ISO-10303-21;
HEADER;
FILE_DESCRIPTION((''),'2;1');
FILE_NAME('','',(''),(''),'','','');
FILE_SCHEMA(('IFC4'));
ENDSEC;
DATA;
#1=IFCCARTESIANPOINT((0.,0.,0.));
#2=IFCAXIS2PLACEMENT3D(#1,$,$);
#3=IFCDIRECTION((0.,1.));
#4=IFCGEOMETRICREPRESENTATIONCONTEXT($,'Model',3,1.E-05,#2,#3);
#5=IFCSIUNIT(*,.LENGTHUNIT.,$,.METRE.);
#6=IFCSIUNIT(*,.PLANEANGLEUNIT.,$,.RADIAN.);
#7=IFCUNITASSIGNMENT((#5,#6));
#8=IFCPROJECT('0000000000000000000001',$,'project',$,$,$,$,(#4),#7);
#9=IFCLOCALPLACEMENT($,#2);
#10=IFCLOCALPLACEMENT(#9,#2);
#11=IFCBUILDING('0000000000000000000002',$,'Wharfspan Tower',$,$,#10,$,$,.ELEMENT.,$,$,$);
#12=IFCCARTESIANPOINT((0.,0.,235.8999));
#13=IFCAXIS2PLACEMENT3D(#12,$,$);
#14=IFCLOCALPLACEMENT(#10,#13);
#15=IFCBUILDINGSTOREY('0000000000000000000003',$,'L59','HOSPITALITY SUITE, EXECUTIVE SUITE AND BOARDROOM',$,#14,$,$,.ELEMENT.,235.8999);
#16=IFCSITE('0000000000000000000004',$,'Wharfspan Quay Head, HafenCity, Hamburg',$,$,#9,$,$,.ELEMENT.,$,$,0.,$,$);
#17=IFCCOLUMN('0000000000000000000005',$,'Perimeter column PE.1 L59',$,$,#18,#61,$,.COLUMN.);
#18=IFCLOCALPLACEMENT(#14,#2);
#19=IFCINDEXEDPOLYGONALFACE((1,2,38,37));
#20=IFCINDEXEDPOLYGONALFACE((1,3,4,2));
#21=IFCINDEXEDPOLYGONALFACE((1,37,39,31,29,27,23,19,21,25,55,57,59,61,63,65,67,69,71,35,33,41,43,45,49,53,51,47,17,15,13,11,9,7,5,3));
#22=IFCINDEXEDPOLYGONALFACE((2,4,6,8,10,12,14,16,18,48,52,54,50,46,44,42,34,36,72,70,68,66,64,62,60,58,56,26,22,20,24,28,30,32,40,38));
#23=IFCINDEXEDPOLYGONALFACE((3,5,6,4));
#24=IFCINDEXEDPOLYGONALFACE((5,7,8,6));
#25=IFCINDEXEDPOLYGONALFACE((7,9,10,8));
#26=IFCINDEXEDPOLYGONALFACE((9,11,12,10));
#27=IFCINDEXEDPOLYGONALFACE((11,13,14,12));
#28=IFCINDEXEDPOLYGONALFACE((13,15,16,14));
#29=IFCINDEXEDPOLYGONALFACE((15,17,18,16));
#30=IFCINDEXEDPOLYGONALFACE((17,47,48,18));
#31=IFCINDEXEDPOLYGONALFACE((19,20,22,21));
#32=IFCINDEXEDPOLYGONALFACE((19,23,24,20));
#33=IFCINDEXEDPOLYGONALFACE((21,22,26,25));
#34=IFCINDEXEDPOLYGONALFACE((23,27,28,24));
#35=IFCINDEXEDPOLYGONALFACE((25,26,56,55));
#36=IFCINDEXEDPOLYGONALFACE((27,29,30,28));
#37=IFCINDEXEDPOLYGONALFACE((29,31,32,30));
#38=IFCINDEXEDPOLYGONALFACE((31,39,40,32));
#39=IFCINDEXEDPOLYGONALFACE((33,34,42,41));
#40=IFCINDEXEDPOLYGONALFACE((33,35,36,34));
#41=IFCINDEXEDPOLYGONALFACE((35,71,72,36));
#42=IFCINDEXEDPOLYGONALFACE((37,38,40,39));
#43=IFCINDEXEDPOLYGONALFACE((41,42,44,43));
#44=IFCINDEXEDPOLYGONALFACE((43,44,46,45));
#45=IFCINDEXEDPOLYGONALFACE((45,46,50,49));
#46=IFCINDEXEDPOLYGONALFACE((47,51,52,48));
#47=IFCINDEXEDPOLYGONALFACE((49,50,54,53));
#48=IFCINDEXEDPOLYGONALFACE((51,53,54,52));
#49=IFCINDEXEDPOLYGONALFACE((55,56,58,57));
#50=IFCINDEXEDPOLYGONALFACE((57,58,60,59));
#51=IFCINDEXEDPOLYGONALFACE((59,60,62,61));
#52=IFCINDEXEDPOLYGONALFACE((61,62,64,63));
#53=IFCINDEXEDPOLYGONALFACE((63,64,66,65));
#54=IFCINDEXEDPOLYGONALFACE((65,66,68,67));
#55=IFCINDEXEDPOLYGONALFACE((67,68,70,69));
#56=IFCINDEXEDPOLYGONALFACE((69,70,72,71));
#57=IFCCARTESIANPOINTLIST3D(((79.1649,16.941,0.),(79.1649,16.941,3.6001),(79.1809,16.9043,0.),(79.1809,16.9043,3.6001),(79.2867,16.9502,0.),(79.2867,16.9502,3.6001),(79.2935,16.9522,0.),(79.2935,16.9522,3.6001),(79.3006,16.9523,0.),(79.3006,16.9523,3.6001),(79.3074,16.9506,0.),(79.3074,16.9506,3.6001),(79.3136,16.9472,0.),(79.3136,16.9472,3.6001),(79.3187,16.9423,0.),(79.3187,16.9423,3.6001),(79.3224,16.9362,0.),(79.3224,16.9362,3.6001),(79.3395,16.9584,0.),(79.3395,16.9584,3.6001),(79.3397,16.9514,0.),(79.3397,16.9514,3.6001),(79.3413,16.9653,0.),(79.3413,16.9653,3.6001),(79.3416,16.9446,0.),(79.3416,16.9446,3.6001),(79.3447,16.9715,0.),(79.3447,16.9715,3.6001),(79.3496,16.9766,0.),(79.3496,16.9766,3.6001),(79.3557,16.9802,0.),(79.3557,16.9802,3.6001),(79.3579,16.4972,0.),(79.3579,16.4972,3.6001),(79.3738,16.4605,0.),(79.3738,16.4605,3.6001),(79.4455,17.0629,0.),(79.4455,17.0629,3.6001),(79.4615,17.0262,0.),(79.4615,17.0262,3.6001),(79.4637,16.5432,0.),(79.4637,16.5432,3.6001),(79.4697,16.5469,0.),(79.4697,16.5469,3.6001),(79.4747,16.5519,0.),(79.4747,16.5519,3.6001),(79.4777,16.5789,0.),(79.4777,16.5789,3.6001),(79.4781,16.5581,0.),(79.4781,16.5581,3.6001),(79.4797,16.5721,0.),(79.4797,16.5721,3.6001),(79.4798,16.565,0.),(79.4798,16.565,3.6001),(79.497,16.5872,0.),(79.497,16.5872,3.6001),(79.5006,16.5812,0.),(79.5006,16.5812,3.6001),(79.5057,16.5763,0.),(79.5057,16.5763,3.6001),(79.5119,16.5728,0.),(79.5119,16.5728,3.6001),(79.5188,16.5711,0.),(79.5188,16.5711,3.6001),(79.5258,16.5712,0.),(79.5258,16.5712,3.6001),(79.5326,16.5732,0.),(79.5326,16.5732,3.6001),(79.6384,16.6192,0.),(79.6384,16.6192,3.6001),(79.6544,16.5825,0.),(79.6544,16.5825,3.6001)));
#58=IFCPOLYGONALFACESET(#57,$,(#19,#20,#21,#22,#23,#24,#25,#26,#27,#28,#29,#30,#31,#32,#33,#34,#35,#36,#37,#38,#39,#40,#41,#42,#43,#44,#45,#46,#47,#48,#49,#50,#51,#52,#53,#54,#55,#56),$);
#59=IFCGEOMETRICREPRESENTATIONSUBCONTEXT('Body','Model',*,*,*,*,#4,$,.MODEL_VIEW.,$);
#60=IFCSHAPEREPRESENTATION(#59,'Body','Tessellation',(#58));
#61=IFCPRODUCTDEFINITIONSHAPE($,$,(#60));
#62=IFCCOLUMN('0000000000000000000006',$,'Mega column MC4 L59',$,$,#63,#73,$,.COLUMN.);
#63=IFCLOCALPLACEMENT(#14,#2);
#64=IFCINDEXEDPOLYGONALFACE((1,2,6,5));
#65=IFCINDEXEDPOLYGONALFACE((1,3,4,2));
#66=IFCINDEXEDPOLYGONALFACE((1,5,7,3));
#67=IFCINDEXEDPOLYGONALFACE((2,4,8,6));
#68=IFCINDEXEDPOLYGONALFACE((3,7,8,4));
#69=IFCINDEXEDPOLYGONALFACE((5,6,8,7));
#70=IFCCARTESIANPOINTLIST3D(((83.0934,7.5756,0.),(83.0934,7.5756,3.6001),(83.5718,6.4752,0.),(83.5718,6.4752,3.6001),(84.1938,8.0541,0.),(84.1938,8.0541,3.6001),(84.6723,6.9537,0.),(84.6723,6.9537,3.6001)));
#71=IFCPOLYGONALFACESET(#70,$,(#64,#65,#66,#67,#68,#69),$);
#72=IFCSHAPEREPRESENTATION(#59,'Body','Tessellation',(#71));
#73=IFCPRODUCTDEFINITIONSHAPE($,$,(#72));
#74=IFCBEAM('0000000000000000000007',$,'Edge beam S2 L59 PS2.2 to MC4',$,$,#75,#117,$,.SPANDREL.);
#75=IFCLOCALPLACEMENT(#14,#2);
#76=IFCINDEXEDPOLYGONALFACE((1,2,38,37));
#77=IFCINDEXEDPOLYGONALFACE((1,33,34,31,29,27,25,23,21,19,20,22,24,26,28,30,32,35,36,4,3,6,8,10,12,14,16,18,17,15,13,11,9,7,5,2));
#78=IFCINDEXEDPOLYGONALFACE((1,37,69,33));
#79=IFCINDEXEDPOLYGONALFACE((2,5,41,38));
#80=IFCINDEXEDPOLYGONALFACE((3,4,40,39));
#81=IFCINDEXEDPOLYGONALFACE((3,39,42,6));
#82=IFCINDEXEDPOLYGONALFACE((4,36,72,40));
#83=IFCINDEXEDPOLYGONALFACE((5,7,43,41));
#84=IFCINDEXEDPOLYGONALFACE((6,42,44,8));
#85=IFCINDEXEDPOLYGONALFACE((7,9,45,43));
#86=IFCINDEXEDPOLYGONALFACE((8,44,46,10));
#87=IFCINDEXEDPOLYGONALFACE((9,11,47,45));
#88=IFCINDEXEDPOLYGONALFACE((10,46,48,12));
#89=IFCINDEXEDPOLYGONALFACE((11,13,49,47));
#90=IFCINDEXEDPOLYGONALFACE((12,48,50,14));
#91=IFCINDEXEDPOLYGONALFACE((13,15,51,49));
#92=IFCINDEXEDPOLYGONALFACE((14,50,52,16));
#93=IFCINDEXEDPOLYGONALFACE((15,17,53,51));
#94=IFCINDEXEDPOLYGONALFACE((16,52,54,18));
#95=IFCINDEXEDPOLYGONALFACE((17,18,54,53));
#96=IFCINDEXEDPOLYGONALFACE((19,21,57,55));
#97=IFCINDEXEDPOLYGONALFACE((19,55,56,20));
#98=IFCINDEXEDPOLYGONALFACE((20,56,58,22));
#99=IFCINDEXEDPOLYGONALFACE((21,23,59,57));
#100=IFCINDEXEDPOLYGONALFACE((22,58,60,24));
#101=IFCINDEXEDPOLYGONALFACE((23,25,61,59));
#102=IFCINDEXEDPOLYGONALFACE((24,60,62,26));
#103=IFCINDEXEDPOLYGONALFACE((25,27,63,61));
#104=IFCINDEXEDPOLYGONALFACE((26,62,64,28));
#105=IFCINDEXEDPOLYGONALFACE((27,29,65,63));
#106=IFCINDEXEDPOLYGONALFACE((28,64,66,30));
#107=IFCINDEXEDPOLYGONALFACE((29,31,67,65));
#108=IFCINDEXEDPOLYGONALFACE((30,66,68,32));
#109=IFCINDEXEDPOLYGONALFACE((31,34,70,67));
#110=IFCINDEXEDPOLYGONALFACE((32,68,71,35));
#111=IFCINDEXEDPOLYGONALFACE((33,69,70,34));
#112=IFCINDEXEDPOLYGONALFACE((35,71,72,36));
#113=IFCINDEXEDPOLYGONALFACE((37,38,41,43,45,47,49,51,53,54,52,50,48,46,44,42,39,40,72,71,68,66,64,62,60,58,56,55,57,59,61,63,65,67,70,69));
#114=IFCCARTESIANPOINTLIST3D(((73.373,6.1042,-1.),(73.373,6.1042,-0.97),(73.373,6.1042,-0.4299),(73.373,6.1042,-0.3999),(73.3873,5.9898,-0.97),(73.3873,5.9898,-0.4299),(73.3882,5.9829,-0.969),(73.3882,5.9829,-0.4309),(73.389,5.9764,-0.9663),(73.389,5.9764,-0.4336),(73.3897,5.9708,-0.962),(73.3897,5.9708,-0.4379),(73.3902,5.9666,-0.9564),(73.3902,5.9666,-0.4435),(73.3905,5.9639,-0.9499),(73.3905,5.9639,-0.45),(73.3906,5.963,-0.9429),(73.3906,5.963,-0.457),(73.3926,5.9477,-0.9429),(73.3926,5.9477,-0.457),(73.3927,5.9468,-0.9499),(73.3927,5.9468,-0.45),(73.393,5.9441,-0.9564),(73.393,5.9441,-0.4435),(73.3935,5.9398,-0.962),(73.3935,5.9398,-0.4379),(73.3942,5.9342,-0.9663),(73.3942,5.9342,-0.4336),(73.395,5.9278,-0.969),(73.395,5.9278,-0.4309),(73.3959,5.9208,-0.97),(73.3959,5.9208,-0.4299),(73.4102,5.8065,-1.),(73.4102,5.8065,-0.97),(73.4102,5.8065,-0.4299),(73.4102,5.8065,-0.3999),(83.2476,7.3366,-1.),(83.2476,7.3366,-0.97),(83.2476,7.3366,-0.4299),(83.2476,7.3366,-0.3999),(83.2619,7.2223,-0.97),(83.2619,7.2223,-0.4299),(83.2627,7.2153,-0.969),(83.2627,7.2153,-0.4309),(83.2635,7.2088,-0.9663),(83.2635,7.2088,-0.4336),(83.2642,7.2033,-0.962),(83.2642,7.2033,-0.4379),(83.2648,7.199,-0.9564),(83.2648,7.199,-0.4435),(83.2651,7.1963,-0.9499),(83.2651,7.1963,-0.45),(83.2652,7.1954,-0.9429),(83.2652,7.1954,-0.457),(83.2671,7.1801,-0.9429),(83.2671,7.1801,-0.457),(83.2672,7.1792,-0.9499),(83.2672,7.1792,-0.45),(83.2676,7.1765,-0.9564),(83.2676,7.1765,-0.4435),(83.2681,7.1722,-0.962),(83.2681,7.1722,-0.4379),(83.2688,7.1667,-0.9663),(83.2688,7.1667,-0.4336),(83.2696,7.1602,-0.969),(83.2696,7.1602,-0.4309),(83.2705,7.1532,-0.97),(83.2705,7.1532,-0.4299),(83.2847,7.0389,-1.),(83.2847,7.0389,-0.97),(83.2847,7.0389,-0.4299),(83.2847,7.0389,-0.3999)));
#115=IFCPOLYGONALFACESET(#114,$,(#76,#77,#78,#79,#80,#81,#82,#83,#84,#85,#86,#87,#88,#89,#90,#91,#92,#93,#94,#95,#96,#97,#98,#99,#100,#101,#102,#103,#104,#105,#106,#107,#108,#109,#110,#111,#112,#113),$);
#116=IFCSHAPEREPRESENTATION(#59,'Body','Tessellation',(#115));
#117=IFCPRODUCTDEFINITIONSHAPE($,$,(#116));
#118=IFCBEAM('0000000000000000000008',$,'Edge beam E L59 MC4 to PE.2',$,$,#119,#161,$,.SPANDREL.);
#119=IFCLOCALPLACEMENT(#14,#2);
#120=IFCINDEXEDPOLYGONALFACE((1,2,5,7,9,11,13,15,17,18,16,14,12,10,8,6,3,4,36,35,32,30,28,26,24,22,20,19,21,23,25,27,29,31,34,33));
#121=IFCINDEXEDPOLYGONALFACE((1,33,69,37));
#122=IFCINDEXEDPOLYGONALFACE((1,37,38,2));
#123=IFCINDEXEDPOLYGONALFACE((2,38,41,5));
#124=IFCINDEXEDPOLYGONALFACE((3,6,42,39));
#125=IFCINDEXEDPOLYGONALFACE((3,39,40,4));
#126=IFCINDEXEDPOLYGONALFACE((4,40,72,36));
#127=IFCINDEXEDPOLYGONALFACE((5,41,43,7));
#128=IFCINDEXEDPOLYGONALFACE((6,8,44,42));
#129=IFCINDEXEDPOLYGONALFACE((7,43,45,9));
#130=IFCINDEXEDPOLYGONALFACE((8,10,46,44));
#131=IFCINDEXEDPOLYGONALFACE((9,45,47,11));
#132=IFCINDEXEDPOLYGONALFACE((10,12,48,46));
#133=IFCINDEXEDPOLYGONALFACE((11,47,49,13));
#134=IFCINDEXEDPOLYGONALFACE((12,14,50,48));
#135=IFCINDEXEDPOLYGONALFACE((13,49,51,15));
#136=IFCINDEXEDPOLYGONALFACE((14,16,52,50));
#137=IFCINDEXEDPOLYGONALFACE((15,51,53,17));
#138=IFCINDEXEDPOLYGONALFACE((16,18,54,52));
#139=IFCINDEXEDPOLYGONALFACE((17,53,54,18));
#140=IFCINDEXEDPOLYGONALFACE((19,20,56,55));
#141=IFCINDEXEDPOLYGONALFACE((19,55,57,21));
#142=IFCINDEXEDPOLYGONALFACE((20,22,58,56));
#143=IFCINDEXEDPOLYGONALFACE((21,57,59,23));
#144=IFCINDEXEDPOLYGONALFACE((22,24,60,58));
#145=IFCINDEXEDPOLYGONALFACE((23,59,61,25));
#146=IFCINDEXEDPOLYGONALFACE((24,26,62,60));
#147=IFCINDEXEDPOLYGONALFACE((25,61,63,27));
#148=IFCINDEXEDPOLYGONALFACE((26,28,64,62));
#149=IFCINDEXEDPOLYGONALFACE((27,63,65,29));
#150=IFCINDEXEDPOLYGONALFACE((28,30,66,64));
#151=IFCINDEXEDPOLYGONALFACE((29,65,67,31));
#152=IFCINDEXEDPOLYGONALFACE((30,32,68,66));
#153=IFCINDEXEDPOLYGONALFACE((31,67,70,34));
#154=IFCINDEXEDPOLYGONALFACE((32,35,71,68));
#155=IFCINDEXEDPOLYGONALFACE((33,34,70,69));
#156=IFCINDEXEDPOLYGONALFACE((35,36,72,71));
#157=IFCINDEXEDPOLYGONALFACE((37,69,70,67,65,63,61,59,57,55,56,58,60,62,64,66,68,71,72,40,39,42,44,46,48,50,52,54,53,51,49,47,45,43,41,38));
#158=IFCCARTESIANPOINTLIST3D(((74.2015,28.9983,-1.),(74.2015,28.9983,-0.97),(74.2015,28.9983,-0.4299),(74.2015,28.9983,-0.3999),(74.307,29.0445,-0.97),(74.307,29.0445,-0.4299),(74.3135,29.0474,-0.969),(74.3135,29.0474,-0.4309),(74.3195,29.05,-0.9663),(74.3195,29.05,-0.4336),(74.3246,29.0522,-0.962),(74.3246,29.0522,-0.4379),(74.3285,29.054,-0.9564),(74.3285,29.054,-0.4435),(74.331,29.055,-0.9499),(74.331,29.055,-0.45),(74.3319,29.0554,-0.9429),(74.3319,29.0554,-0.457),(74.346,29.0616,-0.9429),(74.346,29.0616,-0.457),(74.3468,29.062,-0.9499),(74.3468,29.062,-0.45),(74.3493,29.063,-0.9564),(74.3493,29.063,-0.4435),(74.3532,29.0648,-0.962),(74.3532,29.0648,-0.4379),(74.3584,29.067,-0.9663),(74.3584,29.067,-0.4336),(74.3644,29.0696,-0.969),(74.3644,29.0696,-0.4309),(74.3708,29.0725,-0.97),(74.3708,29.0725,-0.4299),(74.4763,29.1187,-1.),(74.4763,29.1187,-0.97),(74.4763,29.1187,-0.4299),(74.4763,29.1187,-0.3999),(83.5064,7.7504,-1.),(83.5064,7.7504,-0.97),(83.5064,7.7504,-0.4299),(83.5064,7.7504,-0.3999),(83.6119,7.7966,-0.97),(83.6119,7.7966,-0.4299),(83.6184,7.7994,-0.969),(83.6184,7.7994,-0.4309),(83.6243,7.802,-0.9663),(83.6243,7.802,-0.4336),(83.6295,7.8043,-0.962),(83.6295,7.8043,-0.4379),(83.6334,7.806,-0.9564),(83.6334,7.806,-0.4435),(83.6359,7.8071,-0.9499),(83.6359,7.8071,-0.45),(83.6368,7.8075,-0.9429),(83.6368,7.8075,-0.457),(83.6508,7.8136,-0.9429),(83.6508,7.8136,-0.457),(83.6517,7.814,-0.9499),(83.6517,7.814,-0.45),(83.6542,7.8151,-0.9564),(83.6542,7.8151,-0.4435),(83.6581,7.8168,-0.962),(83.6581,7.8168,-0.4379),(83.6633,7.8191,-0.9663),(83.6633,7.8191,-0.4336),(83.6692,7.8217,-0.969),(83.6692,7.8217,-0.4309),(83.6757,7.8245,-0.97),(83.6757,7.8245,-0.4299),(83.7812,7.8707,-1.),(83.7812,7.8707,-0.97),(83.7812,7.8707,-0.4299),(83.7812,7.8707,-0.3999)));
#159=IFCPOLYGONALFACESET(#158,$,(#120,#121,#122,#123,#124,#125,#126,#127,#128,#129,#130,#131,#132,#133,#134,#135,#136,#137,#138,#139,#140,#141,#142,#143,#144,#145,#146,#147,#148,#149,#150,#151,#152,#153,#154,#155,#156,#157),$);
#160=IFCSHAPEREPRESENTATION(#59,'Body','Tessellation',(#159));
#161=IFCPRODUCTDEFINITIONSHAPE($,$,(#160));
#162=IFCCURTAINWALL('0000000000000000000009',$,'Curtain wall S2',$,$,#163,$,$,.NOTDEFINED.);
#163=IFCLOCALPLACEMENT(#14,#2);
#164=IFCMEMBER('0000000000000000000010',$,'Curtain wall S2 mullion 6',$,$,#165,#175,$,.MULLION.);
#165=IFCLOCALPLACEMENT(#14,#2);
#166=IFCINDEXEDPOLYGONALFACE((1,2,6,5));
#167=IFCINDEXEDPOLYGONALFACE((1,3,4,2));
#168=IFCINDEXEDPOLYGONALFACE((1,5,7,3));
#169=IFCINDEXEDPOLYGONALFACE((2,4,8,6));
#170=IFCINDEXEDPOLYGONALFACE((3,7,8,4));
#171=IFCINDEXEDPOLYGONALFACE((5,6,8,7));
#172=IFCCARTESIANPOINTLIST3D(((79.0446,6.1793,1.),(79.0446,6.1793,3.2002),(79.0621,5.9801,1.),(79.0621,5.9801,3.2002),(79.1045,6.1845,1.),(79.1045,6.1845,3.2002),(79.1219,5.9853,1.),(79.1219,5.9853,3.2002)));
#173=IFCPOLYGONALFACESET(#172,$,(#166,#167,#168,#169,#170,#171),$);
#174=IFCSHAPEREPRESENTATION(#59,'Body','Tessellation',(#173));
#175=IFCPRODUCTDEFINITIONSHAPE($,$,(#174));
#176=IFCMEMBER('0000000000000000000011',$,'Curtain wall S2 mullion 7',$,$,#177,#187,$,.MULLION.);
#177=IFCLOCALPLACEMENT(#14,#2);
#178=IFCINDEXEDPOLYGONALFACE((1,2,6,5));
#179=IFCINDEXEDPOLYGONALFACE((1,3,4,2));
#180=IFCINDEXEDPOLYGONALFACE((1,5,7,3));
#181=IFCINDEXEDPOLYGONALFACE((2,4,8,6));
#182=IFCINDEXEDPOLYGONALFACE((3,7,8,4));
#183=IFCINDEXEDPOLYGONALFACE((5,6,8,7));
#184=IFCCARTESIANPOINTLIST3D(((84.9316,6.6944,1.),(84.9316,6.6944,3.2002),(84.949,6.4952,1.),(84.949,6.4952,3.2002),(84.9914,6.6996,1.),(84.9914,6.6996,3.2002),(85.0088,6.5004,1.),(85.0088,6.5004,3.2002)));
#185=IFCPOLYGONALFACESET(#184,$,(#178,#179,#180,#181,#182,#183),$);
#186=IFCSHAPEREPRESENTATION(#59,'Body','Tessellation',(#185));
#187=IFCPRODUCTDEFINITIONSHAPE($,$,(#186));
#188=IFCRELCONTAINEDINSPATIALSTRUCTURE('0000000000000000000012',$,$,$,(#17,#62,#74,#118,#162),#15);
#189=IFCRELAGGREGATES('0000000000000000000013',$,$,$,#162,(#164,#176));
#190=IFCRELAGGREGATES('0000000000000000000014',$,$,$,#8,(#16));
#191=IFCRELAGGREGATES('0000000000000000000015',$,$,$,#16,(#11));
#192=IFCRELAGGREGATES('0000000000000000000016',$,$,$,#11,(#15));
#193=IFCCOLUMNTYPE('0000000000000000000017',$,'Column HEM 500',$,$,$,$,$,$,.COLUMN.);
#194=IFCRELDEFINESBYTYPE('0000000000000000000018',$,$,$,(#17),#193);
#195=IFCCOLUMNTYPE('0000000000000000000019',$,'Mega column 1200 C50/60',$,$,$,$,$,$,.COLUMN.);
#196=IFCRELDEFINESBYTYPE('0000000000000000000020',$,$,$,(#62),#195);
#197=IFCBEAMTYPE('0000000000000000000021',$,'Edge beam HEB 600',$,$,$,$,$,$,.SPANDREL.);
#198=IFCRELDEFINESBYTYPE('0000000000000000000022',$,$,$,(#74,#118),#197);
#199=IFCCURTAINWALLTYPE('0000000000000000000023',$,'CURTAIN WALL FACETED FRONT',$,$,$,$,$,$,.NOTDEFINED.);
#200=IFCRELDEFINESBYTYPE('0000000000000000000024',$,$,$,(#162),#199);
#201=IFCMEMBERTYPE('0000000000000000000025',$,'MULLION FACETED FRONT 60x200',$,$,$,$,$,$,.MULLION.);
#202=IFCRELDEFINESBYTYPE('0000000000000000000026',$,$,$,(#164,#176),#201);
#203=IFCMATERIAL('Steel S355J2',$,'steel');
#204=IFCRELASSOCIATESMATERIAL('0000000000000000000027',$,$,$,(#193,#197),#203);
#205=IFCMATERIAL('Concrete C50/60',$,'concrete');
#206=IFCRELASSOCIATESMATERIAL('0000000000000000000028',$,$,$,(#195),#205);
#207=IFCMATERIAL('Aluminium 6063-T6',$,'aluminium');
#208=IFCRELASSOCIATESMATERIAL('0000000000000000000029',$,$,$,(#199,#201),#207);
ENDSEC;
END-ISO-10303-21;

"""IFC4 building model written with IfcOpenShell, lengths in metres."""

from ifc_helpers import new_model, si_unit, direction, frame, origin, origin_2d, place, context, subcontext, project, spatial, rectangle, i_section, extrude, material, material_profile, profile_set, type_object, element, aggregate, save


model = new_model("IFC4")

# Units and contexts
model_context = context("Model", 3, precision=1e-05, world=origin(), true_north=direction((0.0, 1.0)))
body_context = subcontext(model_context, "Body", "Model", "MODEL_VIEW")
ifc_project = project(units=[si_unit("LENGTHUNIT", "METRE"), si_unit("PLANEANGLEUNIT", "RADIAN")], contexts=[model_context])

# Site, building, storey
site_placement = place(None, origin())
site = spatial("IfcSite", under=ifc_project, at=site_placement, Name="Wharfspan Quay Head, HafenCity, Hamburg", CompositionType="ELEMENT", RefElevation=0.0)
building_placement = place(site_placement, origin())
building = spatial("IfcBuilding", under=site, at=building_placement, Name="Wharfspan Tower", CompositionType="ELEMENT")
storey_placement = place(building_placement, frame((0.0, 0.0, 235.8999)))
storey = spatial("IfcBuildingStorey", under=building, at=storey_placement, Name="L59", Description="HOSPITALITY SUITE, EXECUTIVE SUITE AND BOARDROOM", CompositionType="ELEMENT", Elevation=235.8999)

# Columns
ifc_material_1 = material(Name="Steel S355J2", Category="steel")
ifc_material_profile_1 = material_profile(ifc_material_1, i_section(OverallWidth=0.3059, OverallDepth=0.5239, WebThickness=0.021, FlangeThickness=0.04, FilletRadius=0.0271, at=origin_2d()))
ifc_profile_set_1 = profile_set([ifc_material_profile_1], Name="Steel S355J2")
column_type_1 = type_object("IfcColumnType", Name="Column HEM 500", PredefinedType="COLUMN", material=ifc_profile_set_1)
column_1_placement = place(storey_placement, frame((79.4097, 16.7617, 0.0), z_axis=(0.0, 0.0, 1.0), x_axis=(0.917072, 0.398727, 0.0)))
element("IfcColumn", 1, at=column_1_placement, inside=storey, type_object=column_type_1, Name="Perimeter column PE.1 L59", PredefinedType="COLUMN", context=body_context, shape_type="SweptSolid", body=[
    extrude(i_section(OverallWidth=0.3059, OverallDepth=0.5239, WebThickness=0.021, FlangeThickness=0.04, FilletRadius=0.0271, at=origin_2d()), origin(), (0.0, 0.0, 1.0), 3.6001),
])
ifc_material_2 = material(Name="Concrete C50/60", Category="concrete")
ifc_material_profile_2 = material_profile(ifc_material_2, rectangle(XDim=1.2, YDim=1.2, at=origin_2d()))
ifc_profile_set_2 = profile_set([ifc_material_profile_2], Name="Concrete C50/60")
column_type_2 = type_object("IfcColumnType", Name="Mega column 1200 C50/60", PredefinedType="COLUMN", material=ifc_profile_set_2)
column_2_placement = place(storey_placement, frame((83.8828, 7.2646, 0.0), z_axis=(0.0, 0.0, 1.0), x_axis=(-0.398727, 0.917072, 0.0)))
element("IfcColumn", 2, at=column_2_placement, inside=storey, type_object=column_type_2, Name="Mega column MC4 L59", PredefinedType="COLUMN", context=body_context, shape_type="SweptSolid", body=[
    extrude(rectangle(XDim=1.2, YDim=1.2, at=origin_2d()), origin(), (0.0, 0.0, 1.0), 3.6001),
])

# Beams
ifc_material_profile_3 = material_profile(ifc_material_1, i_section(OverallWidth=0.3, OverallDepth=0.6001, WebThickness=0.0154, FlangeThickness=0.03, FilletRadius=0.0271, at=origin_2d()))
ifc_profile_set_3 = profile_set([ifc_material_profile_3], Name="Steel S355J2")
beam_type = type_object("IfcBeamType", Name="Edge beam HEB 600", PredefinedType="SPANDREL", material=ifc_profile_set_3)
beam_1_placement = place(storey_placement, frame((73.3916, 5.9553, -0.7), z_axis=(0.992301, 0.123848, 0.0), x_axis=(-0.123848, 0.992301, 0.0)))
element("IfcBeam", 3, at=beam_1_placement, inside=storey, type_object=beam_type, Name="Edge beam S2 L59 PS2.2 to MC4", PredefinedType="SPANDREL", context=body_context, shape_type="SweptSolid", body=[
    extrude(i_section(OverallWidth=0.3, OverallDepth=0.6001, WebThickness=0.0154, FlangeThickness=0.03, FilletRadius=0.0271, at=origin_2d()), origin(), (0.0, 0.0, 1.0), 9.9512),
])
beam_2_placement = place(storey_placement, frame((83.6438, 7.8105, -0.7), z_axis=(-0.401141, 0.916016, 0.0), x_axis=(-0.916016, -0.401141, 0.0)))
element("IfcBeam", 4, at=beam_2_placement, inside=storey, type_object=beam_type, Name="Edge beam E L59 MC4 to PE.2", PredefinedType="SPANDREL", context=body_context, shape_type="SweptSolid", body=[
    extrude(i_section(OverallWidth=0.3, OverallDepth=0.6001, WebThickness=0.0154, FlangeThickness=0.03, FilletRadius=0.0271, at=origin_2d()), origin(), (0.0, 0.0, 1.0), 23.196),
])

# Curtain wall, members
ifc_material_3 = material(Name="Aluminium 6063-T6", Category="aluminium")
curtain_wall_type_1 = type_object("IfcCurtainWallType", Name="CURTAIN WALL FACETED FRONT", PredefinedType="NOTDEFINED", material=ifc_material_3)
curtain_wall_1_placement = place(storey_placement, origin())
curtain_wall_1 = element("IfcCurtainWall", 5, at=curtain_wall_1_placement, inside=storey, type_object=curtain_wall_type_1, Name="Curtain wall S2", PredefinedType="NOTDEFINED")
ifc_material_profile_4 = material_profile(ifc_material_3, rectangle(XDim=0.2, YDim=0.0601, at=origin_2d()))
ifc_profile_set_4 = profile_set([ifc_material_profile_4], Name="Aluminium 6063-T6")
member_type_1 = type_object("IfcMemberType", Name="MULLION FACETED FRONT 60x200", PredefinedType="MULLION", material=ifc_profile_set_4)
member_1_placement = place(storey_placement, frame((79.0833, 6.0823, 1.0), z_axis=(0.0, 0.0, 1.0), x_axis=(-0.087156, 0.996197, 0.0)))
member_1 = element("IfcMember", 6, at=member_1_placement, type_object=member_type_1, Name="Curtain wall S2 mullion 6", PredefinedType="MULLION", context=body_context, shape_type="SweptSolid", body=[
    extrude(rectangle(XDim=0.2, YDim=0.0601, at=origin_2d()), origin(), (0.0, 0.0, 1.0), 2.2002),
])
member_2_placement = place(storey_placement, frame((84.9702, 6.5974, 1.0), z_axis=(0.0, 0.0, 1.0), x_axis=(-0.087156, 0.996197, 0.0)))
member_2 = element("IfcMember", 7, at=member_2_placement, type_object=member_type_1, Name="Curtain wall S2 mullion 7", PredefinedType="MULLION", context=body_context, shape_type="SweptSolid", body=[
    extrude(rectangle(XDim=0.2, YDim=0.0601, at=origin_2d()), origin(), (0.0, 0.0, 1.0), 2.2002),
])

aggregate(curtain_wall_1, [member_1, member_2])

save(model, "model.ifc")
